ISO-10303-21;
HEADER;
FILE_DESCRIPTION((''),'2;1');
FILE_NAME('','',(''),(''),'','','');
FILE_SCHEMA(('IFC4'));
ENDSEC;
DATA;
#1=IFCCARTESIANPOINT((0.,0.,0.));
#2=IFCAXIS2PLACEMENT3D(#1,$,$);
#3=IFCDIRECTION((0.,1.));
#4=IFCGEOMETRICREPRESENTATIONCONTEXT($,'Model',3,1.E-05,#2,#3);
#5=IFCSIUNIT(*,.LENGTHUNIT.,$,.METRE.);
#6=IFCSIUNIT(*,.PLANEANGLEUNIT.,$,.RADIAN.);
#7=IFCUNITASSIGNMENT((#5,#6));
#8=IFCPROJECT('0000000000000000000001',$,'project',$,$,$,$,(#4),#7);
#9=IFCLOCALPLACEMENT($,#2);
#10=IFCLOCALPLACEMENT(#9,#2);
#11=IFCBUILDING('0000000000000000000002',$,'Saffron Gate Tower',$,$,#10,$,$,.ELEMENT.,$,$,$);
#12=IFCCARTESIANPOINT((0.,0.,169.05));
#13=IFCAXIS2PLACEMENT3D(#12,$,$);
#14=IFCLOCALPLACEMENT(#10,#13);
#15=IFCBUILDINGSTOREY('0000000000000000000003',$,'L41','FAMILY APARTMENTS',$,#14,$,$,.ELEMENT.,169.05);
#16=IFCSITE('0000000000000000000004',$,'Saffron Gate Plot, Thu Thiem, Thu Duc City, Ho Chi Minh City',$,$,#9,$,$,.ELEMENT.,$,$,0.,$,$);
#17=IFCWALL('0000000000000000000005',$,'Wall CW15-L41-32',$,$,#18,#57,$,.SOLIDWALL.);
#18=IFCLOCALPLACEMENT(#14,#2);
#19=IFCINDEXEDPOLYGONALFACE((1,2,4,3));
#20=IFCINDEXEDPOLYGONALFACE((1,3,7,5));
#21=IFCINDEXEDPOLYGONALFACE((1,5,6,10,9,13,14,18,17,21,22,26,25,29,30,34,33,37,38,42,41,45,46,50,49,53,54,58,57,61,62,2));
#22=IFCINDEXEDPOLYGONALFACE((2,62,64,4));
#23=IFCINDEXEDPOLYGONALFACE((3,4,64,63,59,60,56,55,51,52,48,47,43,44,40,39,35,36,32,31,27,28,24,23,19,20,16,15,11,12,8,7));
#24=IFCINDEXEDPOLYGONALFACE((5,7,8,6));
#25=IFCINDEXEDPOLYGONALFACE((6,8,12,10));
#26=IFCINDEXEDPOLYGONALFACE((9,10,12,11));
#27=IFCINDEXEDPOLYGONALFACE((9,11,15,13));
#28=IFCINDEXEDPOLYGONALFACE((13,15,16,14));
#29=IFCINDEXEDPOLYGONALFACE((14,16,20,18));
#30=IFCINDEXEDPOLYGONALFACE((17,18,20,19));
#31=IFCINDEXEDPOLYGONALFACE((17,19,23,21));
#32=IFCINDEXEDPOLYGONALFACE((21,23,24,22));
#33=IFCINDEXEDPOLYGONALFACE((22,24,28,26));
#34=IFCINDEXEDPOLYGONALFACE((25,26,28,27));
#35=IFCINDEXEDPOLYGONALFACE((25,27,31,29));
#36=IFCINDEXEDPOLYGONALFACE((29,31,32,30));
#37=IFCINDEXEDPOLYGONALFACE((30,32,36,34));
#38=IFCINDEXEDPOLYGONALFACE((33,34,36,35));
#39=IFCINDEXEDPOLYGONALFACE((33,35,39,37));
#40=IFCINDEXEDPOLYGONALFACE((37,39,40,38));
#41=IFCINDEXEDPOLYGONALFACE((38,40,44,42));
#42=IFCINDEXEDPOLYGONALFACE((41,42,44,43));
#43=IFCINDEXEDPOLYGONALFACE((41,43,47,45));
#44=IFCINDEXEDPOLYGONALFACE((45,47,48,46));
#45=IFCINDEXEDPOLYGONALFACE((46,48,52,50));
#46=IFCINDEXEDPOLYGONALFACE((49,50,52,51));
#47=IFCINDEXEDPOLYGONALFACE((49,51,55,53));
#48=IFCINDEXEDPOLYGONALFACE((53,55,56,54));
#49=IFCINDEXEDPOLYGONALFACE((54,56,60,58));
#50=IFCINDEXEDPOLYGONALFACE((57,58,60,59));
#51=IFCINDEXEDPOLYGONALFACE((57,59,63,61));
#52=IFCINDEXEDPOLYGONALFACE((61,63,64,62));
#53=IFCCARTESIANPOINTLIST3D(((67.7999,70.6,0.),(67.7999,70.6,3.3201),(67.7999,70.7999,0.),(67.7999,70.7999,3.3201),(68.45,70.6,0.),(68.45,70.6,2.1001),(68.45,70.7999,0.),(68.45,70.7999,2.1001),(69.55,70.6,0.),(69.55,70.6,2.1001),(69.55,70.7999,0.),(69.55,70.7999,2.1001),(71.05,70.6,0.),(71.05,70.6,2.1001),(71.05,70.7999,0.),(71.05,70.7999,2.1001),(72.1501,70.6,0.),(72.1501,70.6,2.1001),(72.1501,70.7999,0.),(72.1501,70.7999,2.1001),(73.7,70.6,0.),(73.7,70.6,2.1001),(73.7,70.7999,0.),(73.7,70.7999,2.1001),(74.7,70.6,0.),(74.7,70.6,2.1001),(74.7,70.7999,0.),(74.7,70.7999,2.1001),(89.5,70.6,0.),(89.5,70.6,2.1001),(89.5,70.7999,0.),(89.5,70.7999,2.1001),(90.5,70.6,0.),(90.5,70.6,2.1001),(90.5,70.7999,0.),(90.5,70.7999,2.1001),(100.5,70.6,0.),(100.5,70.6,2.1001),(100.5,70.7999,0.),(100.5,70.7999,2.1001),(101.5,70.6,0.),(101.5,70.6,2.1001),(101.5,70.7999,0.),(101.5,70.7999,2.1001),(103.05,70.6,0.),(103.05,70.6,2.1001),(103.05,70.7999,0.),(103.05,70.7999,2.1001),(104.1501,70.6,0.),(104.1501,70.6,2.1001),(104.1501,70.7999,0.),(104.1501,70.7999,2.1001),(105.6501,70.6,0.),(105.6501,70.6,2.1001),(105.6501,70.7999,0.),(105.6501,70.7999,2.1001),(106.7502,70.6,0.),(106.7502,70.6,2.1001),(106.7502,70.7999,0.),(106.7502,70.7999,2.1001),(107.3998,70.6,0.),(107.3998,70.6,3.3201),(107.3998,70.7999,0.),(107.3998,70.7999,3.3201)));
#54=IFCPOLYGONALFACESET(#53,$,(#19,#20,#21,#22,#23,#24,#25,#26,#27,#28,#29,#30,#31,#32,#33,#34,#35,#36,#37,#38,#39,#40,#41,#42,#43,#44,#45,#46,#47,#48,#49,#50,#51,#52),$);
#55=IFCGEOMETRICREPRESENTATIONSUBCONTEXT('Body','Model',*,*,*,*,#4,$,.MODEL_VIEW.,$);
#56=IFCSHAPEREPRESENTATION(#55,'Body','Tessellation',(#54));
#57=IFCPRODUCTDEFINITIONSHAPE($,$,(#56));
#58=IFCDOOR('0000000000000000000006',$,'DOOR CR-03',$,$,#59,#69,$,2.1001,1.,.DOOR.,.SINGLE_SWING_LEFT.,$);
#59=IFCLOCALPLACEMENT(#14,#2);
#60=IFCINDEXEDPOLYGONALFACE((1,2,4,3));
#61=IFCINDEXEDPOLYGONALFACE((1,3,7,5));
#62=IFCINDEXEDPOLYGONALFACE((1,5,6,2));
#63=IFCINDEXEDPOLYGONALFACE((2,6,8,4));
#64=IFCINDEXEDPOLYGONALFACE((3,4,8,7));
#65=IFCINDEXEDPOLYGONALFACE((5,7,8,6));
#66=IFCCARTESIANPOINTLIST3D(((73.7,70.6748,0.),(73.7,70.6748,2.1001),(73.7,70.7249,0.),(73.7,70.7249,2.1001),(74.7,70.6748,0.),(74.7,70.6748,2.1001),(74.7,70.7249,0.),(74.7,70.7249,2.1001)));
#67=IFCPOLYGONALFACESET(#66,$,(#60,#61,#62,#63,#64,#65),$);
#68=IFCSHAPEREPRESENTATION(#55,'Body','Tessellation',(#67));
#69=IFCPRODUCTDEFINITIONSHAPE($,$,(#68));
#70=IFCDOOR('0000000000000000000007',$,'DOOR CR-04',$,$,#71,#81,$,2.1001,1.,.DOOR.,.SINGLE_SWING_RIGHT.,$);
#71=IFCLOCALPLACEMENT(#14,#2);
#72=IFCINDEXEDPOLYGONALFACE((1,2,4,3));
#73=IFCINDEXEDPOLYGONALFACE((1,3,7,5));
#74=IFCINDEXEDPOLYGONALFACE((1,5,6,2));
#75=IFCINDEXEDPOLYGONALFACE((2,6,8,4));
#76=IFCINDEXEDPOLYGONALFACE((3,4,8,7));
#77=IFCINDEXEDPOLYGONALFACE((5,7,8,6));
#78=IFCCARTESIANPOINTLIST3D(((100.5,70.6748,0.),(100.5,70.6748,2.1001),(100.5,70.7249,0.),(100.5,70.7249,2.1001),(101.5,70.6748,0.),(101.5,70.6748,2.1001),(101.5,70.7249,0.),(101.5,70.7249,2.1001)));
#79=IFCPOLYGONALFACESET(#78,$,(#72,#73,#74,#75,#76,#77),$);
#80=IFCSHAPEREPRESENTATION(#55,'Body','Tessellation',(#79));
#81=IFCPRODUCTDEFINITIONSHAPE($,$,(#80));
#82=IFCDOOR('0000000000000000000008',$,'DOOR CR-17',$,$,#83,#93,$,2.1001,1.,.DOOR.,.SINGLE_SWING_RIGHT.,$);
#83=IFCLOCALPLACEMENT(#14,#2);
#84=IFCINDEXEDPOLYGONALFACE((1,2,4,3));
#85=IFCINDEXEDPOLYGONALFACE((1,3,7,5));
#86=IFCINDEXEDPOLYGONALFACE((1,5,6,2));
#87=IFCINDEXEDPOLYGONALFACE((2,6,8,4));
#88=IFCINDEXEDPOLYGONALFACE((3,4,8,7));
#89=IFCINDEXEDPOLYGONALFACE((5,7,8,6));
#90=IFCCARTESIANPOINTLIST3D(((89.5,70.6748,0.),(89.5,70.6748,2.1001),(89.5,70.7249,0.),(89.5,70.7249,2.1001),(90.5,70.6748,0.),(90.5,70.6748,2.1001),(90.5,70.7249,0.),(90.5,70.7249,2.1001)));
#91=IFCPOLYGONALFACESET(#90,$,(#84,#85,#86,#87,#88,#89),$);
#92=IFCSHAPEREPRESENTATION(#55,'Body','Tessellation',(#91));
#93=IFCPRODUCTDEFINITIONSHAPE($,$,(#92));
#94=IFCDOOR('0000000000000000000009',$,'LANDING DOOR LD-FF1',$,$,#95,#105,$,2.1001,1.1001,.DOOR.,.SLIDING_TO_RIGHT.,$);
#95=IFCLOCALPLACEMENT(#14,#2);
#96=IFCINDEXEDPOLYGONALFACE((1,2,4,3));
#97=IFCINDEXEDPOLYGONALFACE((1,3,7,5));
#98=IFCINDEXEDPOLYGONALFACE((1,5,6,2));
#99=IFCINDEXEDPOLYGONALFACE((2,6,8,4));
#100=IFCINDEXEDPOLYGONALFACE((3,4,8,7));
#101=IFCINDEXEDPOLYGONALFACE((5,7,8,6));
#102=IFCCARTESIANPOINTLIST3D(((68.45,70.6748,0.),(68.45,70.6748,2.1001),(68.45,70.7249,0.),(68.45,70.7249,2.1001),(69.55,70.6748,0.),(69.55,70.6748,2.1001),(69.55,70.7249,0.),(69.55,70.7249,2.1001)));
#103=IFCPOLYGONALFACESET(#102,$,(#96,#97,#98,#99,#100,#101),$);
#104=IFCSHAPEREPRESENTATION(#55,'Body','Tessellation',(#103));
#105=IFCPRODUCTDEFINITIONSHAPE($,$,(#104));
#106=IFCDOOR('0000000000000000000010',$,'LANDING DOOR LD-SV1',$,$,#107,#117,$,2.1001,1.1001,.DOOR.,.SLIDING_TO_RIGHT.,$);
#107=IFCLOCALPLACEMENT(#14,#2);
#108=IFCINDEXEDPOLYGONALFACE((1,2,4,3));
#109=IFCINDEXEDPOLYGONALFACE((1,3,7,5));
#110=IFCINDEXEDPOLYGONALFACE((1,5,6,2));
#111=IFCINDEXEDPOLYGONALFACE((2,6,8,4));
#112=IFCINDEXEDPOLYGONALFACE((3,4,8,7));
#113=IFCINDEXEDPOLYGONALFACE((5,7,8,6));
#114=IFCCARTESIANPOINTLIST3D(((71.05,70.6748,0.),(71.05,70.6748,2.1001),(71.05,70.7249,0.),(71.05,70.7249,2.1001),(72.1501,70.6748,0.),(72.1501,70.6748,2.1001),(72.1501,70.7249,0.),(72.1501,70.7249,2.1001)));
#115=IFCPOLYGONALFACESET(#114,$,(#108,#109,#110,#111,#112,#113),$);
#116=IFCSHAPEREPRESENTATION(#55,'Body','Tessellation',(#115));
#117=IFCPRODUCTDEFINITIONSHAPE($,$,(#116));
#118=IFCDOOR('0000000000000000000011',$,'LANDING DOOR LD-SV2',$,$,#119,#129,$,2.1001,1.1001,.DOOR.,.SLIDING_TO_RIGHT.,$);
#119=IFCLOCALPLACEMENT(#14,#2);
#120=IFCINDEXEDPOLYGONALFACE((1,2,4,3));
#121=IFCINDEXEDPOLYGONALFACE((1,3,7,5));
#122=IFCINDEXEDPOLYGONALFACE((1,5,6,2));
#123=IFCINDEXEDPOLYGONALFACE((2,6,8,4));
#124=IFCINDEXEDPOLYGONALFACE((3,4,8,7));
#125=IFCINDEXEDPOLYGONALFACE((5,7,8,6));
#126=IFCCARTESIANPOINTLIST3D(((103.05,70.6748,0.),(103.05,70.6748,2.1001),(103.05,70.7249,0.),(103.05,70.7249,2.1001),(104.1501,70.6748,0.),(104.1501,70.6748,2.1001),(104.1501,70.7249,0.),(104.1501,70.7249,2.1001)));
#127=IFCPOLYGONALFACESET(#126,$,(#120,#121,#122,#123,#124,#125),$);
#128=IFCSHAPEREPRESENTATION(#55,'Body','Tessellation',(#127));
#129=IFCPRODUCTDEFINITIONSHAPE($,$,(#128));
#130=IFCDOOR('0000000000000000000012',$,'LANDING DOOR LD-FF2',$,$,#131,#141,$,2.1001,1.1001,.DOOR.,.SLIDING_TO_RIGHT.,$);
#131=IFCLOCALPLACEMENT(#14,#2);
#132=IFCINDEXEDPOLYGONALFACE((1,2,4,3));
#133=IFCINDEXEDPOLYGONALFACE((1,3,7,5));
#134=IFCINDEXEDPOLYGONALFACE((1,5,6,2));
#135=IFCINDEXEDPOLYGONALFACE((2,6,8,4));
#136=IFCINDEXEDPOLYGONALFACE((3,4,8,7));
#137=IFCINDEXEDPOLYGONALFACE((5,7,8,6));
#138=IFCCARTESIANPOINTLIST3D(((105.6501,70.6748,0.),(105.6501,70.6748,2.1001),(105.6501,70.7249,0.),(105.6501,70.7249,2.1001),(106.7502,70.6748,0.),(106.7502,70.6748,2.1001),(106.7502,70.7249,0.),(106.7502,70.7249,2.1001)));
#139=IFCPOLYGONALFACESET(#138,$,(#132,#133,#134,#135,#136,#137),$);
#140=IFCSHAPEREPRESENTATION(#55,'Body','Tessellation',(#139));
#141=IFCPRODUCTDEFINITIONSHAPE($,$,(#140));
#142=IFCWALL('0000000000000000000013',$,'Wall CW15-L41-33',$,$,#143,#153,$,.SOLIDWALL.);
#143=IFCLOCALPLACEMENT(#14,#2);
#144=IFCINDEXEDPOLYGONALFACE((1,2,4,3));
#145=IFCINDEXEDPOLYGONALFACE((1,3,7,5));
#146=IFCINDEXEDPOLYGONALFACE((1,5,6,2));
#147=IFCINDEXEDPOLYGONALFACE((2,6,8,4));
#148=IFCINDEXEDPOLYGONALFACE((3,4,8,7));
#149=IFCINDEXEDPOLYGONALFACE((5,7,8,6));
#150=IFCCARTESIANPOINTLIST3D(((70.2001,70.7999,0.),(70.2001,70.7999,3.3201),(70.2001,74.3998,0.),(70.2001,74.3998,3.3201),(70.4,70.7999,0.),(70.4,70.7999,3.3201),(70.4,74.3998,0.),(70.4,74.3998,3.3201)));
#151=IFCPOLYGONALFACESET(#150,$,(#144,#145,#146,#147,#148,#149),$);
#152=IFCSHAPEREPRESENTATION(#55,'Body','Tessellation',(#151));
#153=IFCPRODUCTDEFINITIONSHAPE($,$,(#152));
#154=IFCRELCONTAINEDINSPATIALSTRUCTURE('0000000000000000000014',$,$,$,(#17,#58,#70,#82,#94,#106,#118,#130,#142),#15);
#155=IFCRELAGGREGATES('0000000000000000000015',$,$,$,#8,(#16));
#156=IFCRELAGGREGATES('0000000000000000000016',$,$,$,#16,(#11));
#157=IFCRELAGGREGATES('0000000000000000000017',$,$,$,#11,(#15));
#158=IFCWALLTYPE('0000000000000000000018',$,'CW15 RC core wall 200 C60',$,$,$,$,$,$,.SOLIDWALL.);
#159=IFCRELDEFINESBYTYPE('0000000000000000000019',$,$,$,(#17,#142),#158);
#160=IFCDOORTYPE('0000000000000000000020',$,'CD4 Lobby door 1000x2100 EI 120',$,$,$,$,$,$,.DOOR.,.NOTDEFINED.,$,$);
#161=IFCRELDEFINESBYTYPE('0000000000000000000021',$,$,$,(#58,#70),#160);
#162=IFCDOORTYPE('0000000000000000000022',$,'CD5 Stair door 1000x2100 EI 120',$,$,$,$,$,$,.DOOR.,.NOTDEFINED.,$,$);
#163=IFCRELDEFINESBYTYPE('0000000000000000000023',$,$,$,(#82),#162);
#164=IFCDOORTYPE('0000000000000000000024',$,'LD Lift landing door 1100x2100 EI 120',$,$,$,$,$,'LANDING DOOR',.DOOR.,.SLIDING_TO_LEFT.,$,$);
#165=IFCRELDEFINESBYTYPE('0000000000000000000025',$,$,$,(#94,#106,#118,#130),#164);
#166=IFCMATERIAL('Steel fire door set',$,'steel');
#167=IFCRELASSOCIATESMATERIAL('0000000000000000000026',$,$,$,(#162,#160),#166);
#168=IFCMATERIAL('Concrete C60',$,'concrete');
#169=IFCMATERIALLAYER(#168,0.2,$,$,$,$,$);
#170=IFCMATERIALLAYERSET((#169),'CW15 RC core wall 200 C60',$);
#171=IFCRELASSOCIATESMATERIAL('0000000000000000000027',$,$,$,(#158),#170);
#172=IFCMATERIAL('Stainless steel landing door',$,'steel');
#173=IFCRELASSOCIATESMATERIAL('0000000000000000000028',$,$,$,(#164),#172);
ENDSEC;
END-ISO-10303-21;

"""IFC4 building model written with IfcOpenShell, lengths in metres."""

from ifc_helpers import new_model, si_unit, direction, frame, frame_2d, origin, place, context, subcontext, project, spatial, rectangle, extrude, material, layer, layer_set, type_object, element, fill, save


model = new_model("IFC4")

# Units and contexts
model_context = context("Model", 3, precision=1e-05, world=origin(), true_north=direction((0.0, 1.0)))
body_context = subcontext(model_context, "Body", "Model", "MODEL_VIEW")
ifc_project = project(units=[si_unit("LENGTHUNIT", "METRE"), si_unit("PLANEANGLEUNIT", "RADIAN")], contexts=[model_context])

# Site, building, storey
site_placement = place(None, origin())
site = spatial("IfcSite", under=ifc_project, at=site_placement, Name="Saffron Gate Plot, Thu Thiem, Thu Duc City, Ho Chi Minh City", CompositionType="ELEMENT", RefElevation=0.0)
building_placement = place(site_placement, origin())
building = spatial("IfcBuilding", under=site, at=building_placement, Name="Saffron Gate Tower", CompositionType="ELEMENT")
storey_placement = place(building_placement, frame((0.0, 0.0, 169.05)))
storey = spatial("IfcBuildingStorey", under=building, at=storey_placement, Name="L41", Description="FAMILY APARTMENTS", CompositionType="ELEMENT", Elevation=169.05)

# Wall, openings, doors
ifc_material_1 = material(Name="Concrete C60", Category="concrete")
ifc_material_2 = material(Name="Steel fire door set", Category="steel")
door_type_1 = type_object("IfcDoorType", Name="CD5 Stair door 1000x2100 EI 120", OperationType="NOTDEFINED", PredefinedType="DOOR", material=ifc_material_2)
ifc_layer_1 = layer(ifc_material_1, 0.2)
ifc_layer_set_1 = layer_set([ifc_layer_1], Name="CW15 RC core wall 200 C60")
wall_type_1 = type_object("IfcWallType", Name="CW15 RC core wall 200 C60", PredefinedType="SOLIDWALL", material=ifc_layer_set_1)
wall_1_placement = place(storey_placement, frame((67.8, 70.7, 0.0), z_axis=(0.0, 0.0, 1.0), x_axis=(1.0, 0.0, 0.0)))
wall_1 = element("IfcWall", 1, at=wall_1_placement, inside=storey, type_object=wall_type_1, Name="Wall CW15-L41-32", PredefinedType="SOLIDWALL", context=body_context, shape_type="SweptSolid", body=[
    extrude(rectangle(XDim=39.5999, YDim=0.2, at=frame_2d((19.7998, 0.0))), origin(), (0.0, 0.0, 1.0), 3.3201),
])
opening_1_placement = place(wall_1_placement, frame((0.6499, 0.0, 0.0)))
opening_1 = element("IfcOpeningElement", 2, at=opening_1_placement, cuts=wall_1, PredefinedType="OPENING", context=body_context, shape_type="SweptSolid", body=[
    extrude(rectangle(XDim=1.1001, YDim=2.1001, at=frame_2d((0.55, 1.05))), frame((0.0, 0.1099, 0.0), z_axis=(0.0, -1.0, 0.0), x_axis=(1.0, 0.0, 0.0)), (0.0, 0.0, 1.0), 0.22),
])
opening_2_placement = place(wall_1_placement, frame((3.25, 0.0, 0.0)))
opening_2 = element("IfcOpeningElement", 3, at=opening_2_placement, cuts=wall_1, PredefinedType="OPENING", context=body_context, shape_type="SweptSolid", body=[
    extrude(rectangle(XDim=1.1001, YDim=2.1001, at=frame_2d((0.55, 1.05))), frame((0.0, 0.1099, 0.0), z_axis=(0.0, -1.0, 0.0), x_axis=(1.0, 0.0, 0.0)), (0.0, 0.0, 1.0), 0.22),
])
opening_3_placement = place(wall_1_placement, frame((5.8999, 0.0, 0.0)))
opening_3 = element("IfcOpeningElement", 4, at=opening_3_placement, cuts=wall_1, PredefinedType="OPENING", context=body_context, shape_type="SweptSolid", body=[
    extrude(rectangle(XDim=1.0, YDim=2.1001, at=frame_2d((0.5, 1.05))), frame((0.0, 0.1099, 0.0), z_axis=(0.0, -1.0, 0.0), x_axis=(1.0, 0.0, 0.0)), (0.0, 0.0, 1.0), 0.22),
])
opening_4_placement = place(wall_1_placement, frame((21.7, 0.0, 0.0)))
opening_4 = element("IfcOpeningElement", 5, at=opening_4_placement, cuts=wall_1, PredefinedType="OPENING", context=body_context, shape_type="SweptSolid", body=[
    extrude(rectangle(XDim=1.0, YDim=2.1001, at=frame_2d((0.5, 1.05))), frame((0.0, 0.1099, 0.0), z_axis=(0.0, -1.0, 0.0), x_axis=(1.0, 0.0, 0.0)), (0.0, 0.0, 1.0), 0.22),
])
opening_5_placement = place(wall_1_placement, frame((32.7, 0.0, 0.0)))
opening_5 = element("IfcOpeningElement", 6, at=opening_5_placement, cuts=wall_1, PredefinedType="OPENING", context=body_context, shape_type="SweptSolid", body=[
    extrude(rectangle(XDim=1.0, YDim=2.1001, at=frame_2d((0.5, 1.05))), frame((0.0, 0.1099, 0.0), z_axis=(0.0, -1.0, 0.0), x_axis=(1.0, 0.0, 0.0)), (0.0, 0.0, 1.0), 0.22),
])
opening_6_placement = place(wall_1_placement, frame((35.25, 0.0, 0.0)))
opening_6 = element("IfcOpeningElement", 7, at=opening_6_placement, cuts=wall_1, PredefinedType="OPENING", context=body_context, shape_type="SweptSolid", body=[
    extrude(rectangle(XDim=1.1001, YDim=2.1001, at=frame_2d((0.55, 1.05))), frame((0.0, 0.1099, 0.0), z_axis=(0.0, -1.0, 0.0), x_axis=(1.0, 0.0, 0.0)), (0.0, 0.0, 1.0), 0.22),
])
opening_7_placement = place(wall_1_placement, frame((37.8501, 0.0, 0.0)))
opening_7 = element("IfcOpeningElement", 8, at=opening_7_placement, cuts=wall_1, PredefinedType="OPENING", context=body_context, shape_type="SweptSolid", body=[
    extrude(rectangle(XDim=1.1001, YDim=2.1001, at=frame_2d((0.55, 1.05))), frame((0.0, 0.1099, 0.0), z_axis=(0.0, -1.0, 0.0), x_axis=(1.0, 0.0, 0.0)), (0.0, 0.0, 1.0), 0.22),
])
door_type_2 = type_object("IfcDoorType", Name="CD4 Lobby door 1000x2100 EI 120", OperationType="NOTDEFINED", PredefinedType="DOOR", material=ifc_material_2)
door_1_placement = place(opening_3_placement, origin())
door_1 = element("IfcDoor", 9, at=door_1_placement, inside=storey, type_object=door_type_2, Name="DOOR CR-03", OperationType="SINGLE_SWING_LEFT", OverallHeight=2.1001, OverallWidth=1.0, PredefinedType="DOOR", context=body_context, shape_type="SweptSolid", body=[
    extrude(rectangle(XDim=1.0, YDim=2.1001, at=frame_2d((0.5, 1.05))), frame((0.0, 0.0249, 0.0), z_axis=(0.0, -1.0, 0.0), x_axis=(1.0, 0.0, 0.0)), (0.0, 0.0, 1.0), 0.05),
])
fill(opening_3, door_1)
door_2_placement = place(opening_5_placement, origin())
door_2 = element("IfcDoor", 10, at=door_2_placement, inside=storey, type_object=door_type_2, Name="DOOR CR-04", OperationType="SINGLE_SWING_RIGHT", OverallHeight=2.1001, OverallWidth=1.0, PredefinedType="DOOR", context=body_context, shape_type="SweptSolid", body=[
    extrude(rectangle(XDim=1.0, YDim=2.1001, at=frame_2d((0.5, 1.05))), frame((0.0, 0.0249, 0.0), z_axis=(0.0, -1.0, 0.0), x_axis=(1.0, 0.0, 0.0)), (0.0, 0.0, 1.0), 0.05),
])
fill(opening_5, door_2)
door_3_placement = place(opening_4_placement, origin())
door_3 = element("IfcDoor", 11, at=door_3_placement, inside=storey, type_object=door_type_1, Name="DOOR CR-17", OperationType="SINGLE_SWING_RIGHT", OverallHeight=2.1001, OverallWidth=1.0, PredefinedType="DOOR", context=body_context, shape_type="SweptSolid", body=[
    extrude(rectangle(XDim=1.0, YDim=2.1001, at=frame_2d((0.5, 1.05))), frame((0.0, 0.0249, 0.0), z_axis=(0.0, -1.0, 0.0), x_axis=(1.0, 0.0, 0.0)), (0.0, 0.0, 1.0), 0.05),
])
fill(opening_4, door_3)
ifc_material_3 = material(Name="Stainless steel landing door", Category="steel")
door_type_3 = type_object("IfcDoorType", Name="LD Lift landing door 1100x2100 EI 120", ElementType="LANDING DOOR", OperationType="SLIDING_TO_LEFT", PredefinedType="DOOR", material=ifc_material_3)
door_4_placement = place(opening_1_placement, origin())
door_4 = element("IfcDoor", 12, at=door_4_placement, inside=storey, type_object=door_type_3, Name="LANDING DOOR LD-FF1", OperationType="SLIDING_TO_RIGHT", OverallHeight=2.1001, OverallWidth=1.1001, PredefinedType="DOOR", context=body_context, shape_type="SweptSolid", body=[
    extrude(rectangle(XDim=1.1001, YDim=2.1001, at=frame_2d((0.55, 1.05))), frame((0.0, 0.0249, 0.0), z_axis=(0.0, -1.0, 0.0), x_axis=(1.0, 0.0, 0.0)), (0.0, 0.0, 1.0), 0.05),
])
fill(opening_1, door_4)
door_5_placement = place(opening_2_placement, origin())
door_5 = element("IfcDoor", 13, at=door_5_placement, inside=storey, type_object=door_type_3, Name="LANDING DOOR LD-SV1", OperationType="SLIDING_TO_RIGHT", OverallHeight=2.1001, OverallWidth=1.1001, PredefinedType="DOOR", context=body_context, shape_type="SweptSolid", body=[
    extrude(rectangle(XDim=1.1001, YDim=2.1001, at=frame_2d((0.55, 1.05))), frame((0.0, 0.0249, 0.0), z_axis=(0.0, -1.0, 0.0), x_axis=(1.0, 0.0, 0.0)), (0.0, 0.0, 1.0), 0.05),
])
fill(opening_2, door_5)
door_6_placement = place(opening_6_placement, origin())
door_6 = element("IfcDoor", 14, at=door_6_placement, inside=storey, type_object=door_type_3, Name="LANDING DOOR LD-SV2", OperationType="SLIDING_TO_RIGHT", OverallHeight=2.1001, OverallWidth=1.1001, PredefinedType="DOOR", context=body_context, shape_type="SweptSolid", body=[
    extrude(rectangle(XDim=1.1001, YDim=2.1001, at=frame_2d((0.55, 1.05))), frame((0.0, 0.0249, 0.0), z_axis=(0.0, -1.0, 0.0), x_axis=(1.0, 0.0, 0.0)), (0.0, 0.0, 1.0), 0.05),
])
fill(opening_6, door_6)
door_7_placement = place(opening_7_placement, origin())
door_7 = element("IfcDoor", 15, at=door_7_placement, inside=storey, type_object=door_type_3, Name="LANDING DOOR LD-FF2", OperationType="SLIDING_TO_RIGHT", OverallHeight=2.1001, OverallWidth=1.1001, PredefinedType="DOOR", context=body_context, shape_type="SweptSolid", body=[
    extrude(rectangle(XDim=1.1001, YDim=2.1001, at=frame_2d((0.55, 1.05))), frame((0.0, 0.0249, 0.0), z_axis=(0.0, -1.0, 0.0), x_axis=(1.0, 0.0, 0.0)), (0.0, 0.0, 1.0), 0.05),
])
fill(opening_7, door_7)

# Wall
wall_2_placement = place(storey_placement, frame((70.3, 70.8, 0.0), z_axis=(0.0, 0.0, 1.0), x_axis=(0.0, 1.0, 0.0)))
element("IfcWall", 16, at=wall_2_placement, inside=storey, type_object=wall_type_1, Name="Wall CW15-L41-33", PredefinedType="SOLIDWALL", context=body_context, shape_type="SweptSolid", body=[
    extrude(rectangle(XDim=3.5999, YDim=0.2, at=frame_2d((1.7998, 0.0))), origin(), (0.0, 0.0, 1.0), 3.3201),
])

save(model, "model.ifc")
